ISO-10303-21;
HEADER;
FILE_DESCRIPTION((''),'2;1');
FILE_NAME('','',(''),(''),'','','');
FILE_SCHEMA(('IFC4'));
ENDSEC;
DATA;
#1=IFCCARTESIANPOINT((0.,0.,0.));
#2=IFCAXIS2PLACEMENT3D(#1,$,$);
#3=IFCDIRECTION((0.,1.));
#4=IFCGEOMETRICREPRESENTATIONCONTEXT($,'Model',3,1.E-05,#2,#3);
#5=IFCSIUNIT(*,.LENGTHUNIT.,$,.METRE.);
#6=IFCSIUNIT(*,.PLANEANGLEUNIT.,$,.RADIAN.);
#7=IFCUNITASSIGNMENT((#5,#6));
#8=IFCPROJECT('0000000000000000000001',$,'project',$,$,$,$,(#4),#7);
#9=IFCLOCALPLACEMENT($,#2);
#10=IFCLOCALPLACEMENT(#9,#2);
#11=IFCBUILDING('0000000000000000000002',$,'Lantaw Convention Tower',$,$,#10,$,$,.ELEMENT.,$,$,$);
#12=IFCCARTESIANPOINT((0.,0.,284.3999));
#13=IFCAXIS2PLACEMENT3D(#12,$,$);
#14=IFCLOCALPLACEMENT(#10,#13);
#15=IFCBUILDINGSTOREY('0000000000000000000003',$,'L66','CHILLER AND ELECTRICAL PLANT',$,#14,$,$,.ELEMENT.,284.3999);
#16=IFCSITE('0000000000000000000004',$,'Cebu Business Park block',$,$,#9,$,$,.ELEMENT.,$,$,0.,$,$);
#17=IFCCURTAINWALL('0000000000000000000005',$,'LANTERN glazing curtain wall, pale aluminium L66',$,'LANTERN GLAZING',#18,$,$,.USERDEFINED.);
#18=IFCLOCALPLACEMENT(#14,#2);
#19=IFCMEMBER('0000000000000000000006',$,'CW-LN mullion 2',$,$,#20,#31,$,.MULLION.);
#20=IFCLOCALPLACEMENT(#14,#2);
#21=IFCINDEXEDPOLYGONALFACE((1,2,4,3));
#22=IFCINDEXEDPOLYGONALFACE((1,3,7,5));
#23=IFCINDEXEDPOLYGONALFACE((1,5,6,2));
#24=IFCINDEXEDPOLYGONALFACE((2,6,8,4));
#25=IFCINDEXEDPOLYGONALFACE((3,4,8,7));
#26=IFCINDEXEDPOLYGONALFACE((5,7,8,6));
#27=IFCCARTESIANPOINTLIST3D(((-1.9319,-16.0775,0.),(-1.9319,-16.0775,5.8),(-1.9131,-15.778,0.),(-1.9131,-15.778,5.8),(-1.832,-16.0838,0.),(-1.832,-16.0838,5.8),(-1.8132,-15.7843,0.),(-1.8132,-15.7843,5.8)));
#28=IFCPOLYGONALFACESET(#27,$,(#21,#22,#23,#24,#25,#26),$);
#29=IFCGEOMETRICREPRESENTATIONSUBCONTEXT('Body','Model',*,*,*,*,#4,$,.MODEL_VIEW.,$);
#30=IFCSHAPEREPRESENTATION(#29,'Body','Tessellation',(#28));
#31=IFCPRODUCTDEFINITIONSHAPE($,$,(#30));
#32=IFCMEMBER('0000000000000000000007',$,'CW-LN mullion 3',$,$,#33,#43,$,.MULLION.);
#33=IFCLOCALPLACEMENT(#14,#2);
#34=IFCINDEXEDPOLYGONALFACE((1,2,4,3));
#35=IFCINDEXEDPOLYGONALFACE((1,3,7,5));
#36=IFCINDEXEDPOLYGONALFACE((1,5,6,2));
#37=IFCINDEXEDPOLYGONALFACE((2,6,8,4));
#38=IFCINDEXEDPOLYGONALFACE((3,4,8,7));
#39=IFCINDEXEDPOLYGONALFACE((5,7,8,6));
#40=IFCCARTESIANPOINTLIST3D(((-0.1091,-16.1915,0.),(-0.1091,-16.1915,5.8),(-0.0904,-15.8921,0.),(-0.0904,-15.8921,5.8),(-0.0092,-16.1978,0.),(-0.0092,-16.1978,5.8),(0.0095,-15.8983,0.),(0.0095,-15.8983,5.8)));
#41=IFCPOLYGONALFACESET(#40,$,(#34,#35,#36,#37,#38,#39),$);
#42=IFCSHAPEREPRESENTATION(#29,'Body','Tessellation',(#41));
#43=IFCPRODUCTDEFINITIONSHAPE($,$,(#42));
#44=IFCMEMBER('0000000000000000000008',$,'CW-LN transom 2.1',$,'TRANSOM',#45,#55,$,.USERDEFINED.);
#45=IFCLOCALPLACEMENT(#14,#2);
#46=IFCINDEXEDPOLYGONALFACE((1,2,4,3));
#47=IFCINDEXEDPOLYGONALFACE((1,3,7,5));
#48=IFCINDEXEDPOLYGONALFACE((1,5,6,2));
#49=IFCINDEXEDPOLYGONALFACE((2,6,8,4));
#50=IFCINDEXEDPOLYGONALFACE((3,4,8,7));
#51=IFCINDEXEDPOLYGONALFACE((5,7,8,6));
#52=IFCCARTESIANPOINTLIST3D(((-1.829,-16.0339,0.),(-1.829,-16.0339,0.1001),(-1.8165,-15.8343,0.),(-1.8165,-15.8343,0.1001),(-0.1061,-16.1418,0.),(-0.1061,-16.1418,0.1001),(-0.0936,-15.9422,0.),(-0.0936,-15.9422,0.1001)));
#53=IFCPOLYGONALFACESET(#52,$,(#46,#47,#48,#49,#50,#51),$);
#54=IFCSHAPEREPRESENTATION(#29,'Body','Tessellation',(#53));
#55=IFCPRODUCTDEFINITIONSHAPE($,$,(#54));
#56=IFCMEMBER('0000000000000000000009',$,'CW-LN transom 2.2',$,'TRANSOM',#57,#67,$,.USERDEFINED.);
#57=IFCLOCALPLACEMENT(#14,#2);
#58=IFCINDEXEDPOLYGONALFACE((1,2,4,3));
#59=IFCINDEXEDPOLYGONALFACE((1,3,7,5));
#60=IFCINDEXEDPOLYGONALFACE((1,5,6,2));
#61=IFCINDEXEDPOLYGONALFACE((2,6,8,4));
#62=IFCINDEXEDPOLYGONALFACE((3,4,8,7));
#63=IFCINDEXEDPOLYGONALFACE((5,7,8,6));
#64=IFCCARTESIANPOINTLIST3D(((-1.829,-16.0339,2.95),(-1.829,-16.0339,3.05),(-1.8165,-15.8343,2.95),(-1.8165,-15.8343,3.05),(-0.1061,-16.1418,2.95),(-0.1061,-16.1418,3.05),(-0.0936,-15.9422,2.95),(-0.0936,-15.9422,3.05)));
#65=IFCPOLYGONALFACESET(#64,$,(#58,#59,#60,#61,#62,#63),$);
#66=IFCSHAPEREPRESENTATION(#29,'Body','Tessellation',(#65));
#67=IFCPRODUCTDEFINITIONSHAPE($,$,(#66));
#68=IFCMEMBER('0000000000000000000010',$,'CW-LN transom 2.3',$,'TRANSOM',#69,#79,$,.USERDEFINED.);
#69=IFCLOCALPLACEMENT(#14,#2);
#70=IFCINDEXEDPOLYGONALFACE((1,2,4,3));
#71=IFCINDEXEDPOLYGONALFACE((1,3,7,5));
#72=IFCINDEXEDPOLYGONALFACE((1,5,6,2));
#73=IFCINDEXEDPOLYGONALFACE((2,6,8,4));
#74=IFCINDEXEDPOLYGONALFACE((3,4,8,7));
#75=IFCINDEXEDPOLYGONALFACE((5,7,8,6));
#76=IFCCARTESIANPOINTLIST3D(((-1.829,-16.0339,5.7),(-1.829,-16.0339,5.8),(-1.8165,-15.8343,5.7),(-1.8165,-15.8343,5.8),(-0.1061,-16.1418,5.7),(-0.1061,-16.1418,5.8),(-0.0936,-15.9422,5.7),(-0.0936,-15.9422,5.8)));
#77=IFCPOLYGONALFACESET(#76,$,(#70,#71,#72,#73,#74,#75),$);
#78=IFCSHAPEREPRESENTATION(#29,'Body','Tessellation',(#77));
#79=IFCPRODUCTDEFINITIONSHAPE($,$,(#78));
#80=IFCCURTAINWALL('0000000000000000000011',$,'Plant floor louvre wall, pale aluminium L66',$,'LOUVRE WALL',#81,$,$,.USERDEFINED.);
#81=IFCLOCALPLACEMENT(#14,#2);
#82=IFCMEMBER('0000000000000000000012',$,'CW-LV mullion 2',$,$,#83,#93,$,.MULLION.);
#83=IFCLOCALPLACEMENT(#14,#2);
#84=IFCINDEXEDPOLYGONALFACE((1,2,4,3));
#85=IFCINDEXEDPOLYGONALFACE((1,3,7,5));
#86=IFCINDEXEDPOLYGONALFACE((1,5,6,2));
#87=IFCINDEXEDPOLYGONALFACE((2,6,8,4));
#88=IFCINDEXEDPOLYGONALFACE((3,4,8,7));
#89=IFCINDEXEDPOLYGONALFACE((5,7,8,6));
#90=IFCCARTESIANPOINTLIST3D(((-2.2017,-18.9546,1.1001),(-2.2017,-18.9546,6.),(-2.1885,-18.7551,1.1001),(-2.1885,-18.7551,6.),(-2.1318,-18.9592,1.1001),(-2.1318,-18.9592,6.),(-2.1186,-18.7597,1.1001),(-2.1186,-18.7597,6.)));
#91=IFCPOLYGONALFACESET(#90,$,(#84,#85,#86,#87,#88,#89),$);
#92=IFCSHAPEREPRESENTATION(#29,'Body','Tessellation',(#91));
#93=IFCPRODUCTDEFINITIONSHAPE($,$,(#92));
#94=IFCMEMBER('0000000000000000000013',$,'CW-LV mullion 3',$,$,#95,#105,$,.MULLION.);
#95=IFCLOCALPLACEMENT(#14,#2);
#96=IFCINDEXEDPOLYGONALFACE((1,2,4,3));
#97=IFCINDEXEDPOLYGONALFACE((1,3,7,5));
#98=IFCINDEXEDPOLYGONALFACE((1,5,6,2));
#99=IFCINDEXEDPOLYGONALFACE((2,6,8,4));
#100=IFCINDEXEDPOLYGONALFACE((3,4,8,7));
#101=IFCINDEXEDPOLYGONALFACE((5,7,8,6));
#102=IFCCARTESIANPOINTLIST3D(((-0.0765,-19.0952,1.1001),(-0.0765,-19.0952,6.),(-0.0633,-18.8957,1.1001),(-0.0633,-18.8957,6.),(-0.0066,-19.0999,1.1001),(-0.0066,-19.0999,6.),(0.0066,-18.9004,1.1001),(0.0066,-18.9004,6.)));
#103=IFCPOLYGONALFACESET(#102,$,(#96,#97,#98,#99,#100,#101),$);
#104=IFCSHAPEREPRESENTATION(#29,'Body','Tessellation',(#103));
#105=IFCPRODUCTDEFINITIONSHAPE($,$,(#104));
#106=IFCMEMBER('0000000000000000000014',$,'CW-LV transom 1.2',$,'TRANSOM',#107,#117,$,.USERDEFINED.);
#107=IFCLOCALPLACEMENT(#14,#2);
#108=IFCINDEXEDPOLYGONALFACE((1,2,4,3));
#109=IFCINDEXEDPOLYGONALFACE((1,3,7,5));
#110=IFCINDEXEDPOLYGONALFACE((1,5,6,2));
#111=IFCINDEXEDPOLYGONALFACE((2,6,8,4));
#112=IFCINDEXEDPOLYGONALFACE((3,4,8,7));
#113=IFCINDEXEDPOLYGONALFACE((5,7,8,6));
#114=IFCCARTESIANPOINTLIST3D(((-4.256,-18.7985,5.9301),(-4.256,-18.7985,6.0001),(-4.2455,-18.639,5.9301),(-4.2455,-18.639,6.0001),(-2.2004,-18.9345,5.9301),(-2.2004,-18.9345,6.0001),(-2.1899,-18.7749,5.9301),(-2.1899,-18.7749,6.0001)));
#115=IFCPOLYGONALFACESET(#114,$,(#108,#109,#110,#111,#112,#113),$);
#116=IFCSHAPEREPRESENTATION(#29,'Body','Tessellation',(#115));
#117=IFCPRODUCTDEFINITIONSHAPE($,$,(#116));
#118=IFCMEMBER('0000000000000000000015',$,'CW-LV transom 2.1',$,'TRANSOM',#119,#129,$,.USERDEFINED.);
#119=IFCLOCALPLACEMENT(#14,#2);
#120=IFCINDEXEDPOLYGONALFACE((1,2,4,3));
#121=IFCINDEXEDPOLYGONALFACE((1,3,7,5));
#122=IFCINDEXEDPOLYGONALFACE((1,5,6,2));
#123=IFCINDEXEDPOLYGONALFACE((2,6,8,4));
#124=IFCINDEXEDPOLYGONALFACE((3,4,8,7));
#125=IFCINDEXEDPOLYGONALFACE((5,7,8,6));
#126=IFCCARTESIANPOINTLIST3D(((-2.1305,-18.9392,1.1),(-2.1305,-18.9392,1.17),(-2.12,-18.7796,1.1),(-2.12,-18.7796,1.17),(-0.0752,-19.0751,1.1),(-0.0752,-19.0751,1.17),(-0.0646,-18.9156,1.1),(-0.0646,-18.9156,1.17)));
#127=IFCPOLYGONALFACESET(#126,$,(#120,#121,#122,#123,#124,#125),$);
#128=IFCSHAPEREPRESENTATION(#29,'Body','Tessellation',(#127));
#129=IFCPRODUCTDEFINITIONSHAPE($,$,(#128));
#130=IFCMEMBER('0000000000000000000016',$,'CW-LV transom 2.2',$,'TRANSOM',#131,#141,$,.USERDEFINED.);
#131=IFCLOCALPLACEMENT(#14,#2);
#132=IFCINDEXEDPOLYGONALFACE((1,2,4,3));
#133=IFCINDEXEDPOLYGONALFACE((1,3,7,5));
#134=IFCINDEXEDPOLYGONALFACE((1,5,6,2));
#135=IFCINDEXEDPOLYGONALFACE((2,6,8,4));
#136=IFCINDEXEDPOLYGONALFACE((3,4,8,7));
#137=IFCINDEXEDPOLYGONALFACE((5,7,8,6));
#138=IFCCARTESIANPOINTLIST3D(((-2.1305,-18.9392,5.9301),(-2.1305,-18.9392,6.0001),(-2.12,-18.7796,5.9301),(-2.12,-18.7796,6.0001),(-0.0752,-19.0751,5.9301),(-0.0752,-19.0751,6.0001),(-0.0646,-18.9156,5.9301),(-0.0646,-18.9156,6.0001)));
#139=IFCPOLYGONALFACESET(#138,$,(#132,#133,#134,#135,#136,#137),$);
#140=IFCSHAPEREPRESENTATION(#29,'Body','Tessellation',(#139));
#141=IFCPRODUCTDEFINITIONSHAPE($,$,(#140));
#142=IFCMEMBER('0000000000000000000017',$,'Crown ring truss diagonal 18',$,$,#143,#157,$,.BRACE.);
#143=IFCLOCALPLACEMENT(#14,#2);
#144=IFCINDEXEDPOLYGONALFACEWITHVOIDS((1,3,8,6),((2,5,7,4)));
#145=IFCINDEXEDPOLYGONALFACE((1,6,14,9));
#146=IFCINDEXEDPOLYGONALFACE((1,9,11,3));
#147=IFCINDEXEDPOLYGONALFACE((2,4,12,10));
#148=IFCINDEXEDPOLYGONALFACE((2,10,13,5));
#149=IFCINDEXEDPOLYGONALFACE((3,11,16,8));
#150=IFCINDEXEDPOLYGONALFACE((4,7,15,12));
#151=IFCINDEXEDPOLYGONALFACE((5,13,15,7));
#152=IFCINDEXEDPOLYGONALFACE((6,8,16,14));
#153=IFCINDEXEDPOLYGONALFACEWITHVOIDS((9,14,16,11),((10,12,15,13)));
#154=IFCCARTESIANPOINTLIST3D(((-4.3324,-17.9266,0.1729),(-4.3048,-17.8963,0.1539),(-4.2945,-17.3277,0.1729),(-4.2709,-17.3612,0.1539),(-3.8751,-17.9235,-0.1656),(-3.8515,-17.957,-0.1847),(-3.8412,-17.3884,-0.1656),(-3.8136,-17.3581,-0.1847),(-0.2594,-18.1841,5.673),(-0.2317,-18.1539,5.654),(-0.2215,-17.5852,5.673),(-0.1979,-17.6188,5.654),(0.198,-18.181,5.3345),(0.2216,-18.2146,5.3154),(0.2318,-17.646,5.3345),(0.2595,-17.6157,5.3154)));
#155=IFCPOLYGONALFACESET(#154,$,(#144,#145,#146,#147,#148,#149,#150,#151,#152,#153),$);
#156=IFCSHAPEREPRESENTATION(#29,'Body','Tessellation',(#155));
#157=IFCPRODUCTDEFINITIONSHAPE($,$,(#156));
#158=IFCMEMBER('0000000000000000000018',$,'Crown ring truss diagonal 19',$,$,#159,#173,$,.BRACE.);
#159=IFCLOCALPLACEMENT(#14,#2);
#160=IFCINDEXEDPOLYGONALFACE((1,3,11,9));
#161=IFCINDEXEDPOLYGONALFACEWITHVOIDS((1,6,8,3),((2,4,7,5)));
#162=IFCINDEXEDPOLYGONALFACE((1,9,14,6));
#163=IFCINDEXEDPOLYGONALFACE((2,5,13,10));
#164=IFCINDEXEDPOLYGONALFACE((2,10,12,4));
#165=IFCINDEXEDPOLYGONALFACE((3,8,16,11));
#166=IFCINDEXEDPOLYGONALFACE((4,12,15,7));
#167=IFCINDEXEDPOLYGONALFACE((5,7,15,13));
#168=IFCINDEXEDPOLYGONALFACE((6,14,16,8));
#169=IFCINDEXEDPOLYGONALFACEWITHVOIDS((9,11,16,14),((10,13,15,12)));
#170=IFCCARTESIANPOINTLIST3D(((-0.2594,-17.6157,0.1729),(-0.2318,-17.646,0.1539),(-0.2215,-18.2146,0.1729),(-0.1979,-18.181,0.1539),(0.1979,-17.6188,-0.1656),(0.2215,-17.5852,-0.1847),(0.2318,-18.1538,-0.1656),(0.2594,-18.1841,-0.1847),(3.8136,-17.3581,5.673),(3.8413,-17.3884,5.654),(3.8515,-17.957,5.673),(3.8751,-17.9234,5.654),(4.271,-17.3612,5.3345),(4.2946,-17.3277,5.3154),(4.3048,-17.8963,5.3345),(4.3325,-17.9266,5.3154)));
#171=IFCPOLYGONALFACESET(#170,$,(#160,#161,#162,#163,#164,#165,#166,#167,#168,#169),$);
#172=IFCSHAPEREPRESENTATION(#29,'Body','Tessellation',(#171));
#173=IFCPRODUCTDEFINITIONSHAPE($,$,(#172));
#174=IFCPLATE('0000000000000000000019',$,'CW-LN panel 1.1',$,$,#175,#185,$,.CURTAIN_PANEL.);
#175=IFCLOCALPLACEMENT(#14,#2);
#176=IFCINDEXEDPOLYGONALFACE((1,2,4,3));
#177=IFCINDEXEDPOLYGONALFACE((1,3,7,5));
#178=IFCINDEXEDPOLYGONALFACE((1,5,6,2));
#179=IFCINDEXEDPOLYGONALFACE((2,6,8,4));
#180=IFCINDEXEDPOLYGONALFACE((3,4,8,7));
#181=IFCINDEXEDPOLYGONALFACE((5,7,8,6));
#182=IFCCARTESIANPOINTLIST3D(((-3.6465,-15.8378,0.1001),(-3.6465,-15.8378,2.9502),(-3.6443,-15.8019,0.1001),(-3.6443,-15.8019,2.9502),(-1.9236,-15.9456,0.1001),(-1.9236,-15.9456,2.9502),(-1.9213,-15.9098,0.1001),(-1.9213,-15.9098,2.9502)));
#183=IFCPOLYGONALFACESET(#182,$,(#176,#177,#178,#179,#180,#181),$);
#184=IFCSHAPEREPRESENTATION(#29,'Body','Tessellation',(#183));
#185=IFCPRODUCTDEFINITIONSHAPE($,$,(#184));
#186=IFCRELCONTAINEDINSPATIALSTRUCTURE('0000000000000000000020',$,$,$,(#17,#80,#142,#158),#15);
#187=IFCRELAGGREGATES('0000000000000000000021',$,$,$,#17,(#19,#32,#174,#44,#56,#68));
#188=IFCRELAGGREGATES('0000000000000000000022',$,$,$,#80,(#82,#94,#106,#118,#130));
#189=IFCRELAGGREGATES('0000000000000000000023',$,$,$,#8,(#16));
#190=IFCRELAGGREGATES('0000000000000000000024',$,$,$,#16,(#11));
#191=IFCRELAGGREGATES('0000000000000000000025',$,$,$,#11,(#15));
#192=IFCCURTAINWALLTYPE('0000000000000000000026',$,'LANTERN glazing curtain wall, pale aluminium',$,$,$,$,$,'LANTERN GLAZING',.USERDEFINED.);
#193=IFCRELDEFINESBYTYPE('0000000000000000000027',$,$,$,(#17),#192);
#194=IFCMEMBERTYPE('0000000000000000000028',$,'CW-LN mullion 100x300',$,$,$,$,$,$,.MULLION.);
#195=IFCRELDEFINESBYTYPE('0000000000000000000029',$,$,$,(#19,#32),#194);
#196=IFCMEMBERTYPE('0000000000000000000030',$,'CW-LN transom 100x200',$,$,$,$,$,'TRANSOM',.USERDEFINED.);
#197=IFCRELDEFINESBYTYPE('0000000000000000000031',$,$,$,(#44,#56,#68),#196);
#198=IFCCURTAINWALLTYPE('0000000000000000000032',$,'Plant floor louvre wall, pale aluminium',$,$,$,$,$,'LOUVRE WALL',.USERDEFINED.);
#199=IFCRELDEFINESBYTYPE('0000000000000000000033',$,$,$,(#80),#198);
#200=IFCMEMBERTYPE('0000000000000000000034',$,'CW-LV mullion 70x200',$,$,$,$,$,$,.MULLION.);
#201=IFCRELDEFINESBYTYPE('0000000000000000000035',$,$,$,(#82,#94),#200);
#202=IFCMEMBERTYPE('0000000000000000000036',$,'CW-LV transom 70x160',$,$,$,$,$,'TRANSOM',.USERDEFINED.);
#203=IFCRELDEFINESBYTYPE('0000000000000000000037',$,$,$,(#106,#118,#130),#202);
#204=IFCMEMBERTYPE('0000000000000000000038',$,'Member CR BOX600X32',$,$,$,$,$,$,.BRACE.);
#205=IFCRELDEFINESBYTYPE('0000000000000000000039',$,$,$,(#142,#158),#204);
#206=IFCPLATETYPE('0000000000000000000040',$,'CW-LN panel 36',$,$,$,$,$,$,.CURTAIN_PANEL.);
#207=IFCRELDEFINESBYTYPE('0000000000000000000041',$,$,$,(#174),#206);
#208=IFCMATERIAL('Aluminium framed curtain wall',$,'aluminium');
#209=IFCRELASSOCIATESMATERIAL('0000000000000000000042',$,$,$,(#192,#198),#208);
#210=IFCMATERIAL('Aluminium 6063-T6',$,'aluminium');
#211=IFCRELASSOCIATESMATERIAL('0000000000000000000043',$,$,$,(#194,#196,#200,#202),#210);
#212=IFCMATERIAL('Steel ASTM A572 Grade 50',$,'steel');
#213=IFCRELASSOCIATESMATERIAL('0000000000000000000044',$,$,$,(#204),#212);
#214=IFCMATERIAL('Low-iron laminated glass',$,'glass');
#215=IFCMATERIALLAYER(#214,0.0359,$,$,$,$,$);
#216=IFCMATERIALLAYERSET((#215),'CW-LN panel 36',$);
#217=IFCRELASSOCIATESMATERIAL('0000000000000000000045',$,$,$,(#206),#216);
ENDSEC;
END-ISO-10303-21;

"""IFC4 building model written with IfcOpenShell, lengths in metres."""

from ifc_helpers import new_model, si_unit, direction, frame, origin, origin_2d, place, context, subcontext, project, spatial, rectangle, hollow_rectangle, extrude, material, layer, layer_set, material_profile, profile_set, type_object, element, aggregate, save


model = new_model("IFC4")

# Units and contexts
model_context = context("Model", 3, precision=1e-05, world=origin(), true_north=direction((0.0, 1.0)))
body_context = subcontext(model_context, "Body", "Model", "MODEL_VIEW")
ifc_project = project(units=[si_unit("LENGTHUNIT", "METRE"), si_unit("PLANEANGLEUNIT", "RADIAN")], contexts=[model_context])

# Site, building, storey
site_placement = place(None, origin())
site = spatial("IfcSite", under=ifc_project, at=site_placement, Name="Cebu Business Park block", CompositionType="ELEMENT", RefElevation=0.0)
building_placement = place(site_placement, origin())
building = spatial("IfcBuilding", under=site, at=building_placement, Name="Lantaw Convention Tower", CompositionType="ELEMENT")
storey_placement = place(building_placement, frame((0.0, 0.0, 284.3999)))
storey = spatial("IfcBuildingStorey", under=building, at=storey_placement, Name="L66", Description="CHILLER AND ELECTRICAL PLANT", CompositionType="ELEMENT", Elevation=284.3999)

# Shared definitions
ifc_material_1 = material(Name="Steel ASTM A572 Grade 50", Category="steel")

# Curtain walls, members
ifc_material_2 = material(Name="Aluminium framed curtain wall", Category="aluminium")
curtain_wall_type_1 = type_object("IfcCurtainWallType", Name="LANTERN glazing curtain wall, pale aluminium", ElementType="LANTERN GLAZING", PredefinedType="USERDEFINED", material=ifc_material_2)
curtain_wall_1_placement = place(storey_placement, origin())
curtain_wall_1 = element("IfcCurtainWall", 1, at=curtain_wall_1_placement, inside=storey, type_object=curtain_wall_type_1, Name="LANTERN glazing curtain wall, pale aluminium L66", ObjectType="LANTERN GLAZING", PredefinedType="USERDEFINED")
ifc_material_3 = material(Name="Aluminium 6063-T6", Category="aluminium")
ifc_material_profile_1 = material_profile(ifc_material_3, rectangle(XDim=0.3, YDim=0.1001, at=origin_2d()), Name="CW-LN mullion 100x300")
ifc_profile_set_1 = profile_set([ifc_material_profile_1], Name="Aluminium 6063-T6")
member_type_1 = type_object("IfcMemberType", Name="CW-LN mullion 100x300", PredefinedType="MULLION", material=ifc_profile_set_1)
member_1_placement = place(storey_placement, frame((-1.8726, -15.9309, 0.0), z_axis=(0.0, 0.0, 1.0), x_axis=(0.062489, 0.998046, 0.0)))
member_1 = element("IfcMember", 2, at=member_1_placement, type_object=member_type_1, Name="CW-LN mullion 2", PredefinedType="MULLION", context=body_context, shape_type="SweptSolid", body=[
    extrude(rectangle(XDim=0.3, YDim=0.1001, at=origin_2d()), origin(), (0.0, 0.0, 1.0), 5.8),
])
member_2_placement = place(storey_placement, frame((-0.0498, -16.0449, 0.0), z_axis=(0.0, 0.0, 1.0), x_axis=(0.062489, 0.998046, 0.0)))
member_2 = element("IfcMember", 3, at=member_2_placement, type_object=member_type_1, Name="CW-LN mullion 3", PredefinedType="MULLION", context=body_context, shape_type="SweptSolid", body=[
    extrude(rectangle(XDim=0.3, YDim=0.1001, at=origin_2d()), origin(), (0.0, 0.0, 1.0), 5.8),
])
ifc_material_profile_2 = material_profile(ifc_material_3, rectangle(XDim=0.2, YDim=0.1001, at=origin_2d()), Name="CW-LN transom 100x200")
ifc_profile_set_2 = profile_set([ifc_material_profile_2], Name="Aluminium 6063-T6")
member_type_2 = type_object("IfcMemberType", Name="CW-LN transom 100x200", ElementType="TRANSOM", PredefinedType="USERDEFINED", material=ifc_profile_set_2)
member_3_placement = place(storey_placement, frame((-1.8228, -15.9341, 0.05), z_axis=(0.998044, -0.06251, 0.0), x_axis=(0.06251, 0.998044, 0.0)))
member_3 = element("IfcMember", 4, at=member_3_placement, type_object=member_type_2, Name="CW-LN transom 2.1", ObjectType="TRANSOM", PredefinedType="USERDEFINED", context=body_context, shape_type="SweptSolid", body=[
    extrude(rectangle(XDim=0.2, YDim=0.1001, at=origin_2d()), origin(), (0.0, 0.0, 1.0), 1.7263),
])
member_4_placement = place(storey_placement, frame((-1.8228, -15.9341, 3.0), z_axis=(0.998044, -0.06251, 0.0), x_axis=(0.06251, 0.998044, 0.0)))
member_4 = element("IfcMember", 5, at=member_4_placement, type_object=member_type_2, Name="CW-LN transom 2.2", ObjectType="TRANSOM", PredefinedType="USERDEFINED", context=body_context, shape_type="SweptSolid", body=[
    extrude(rectangle(XDim=0.2, YDim=0.1001, at=origin_2d()), origin(), (0.0, 0.0, 1.0), 1.7263),
])
member_5_placement = place(storey_placement, frame((-1.8228, -15.9341, 5.75), z_axis=(0.998044, -0.06251, 0.0), x_axis=(0.06251, 0.998044, 0.0)))
member_5 = element("IfcMember", 6, at=member_5_placement, type_object=member_type_2, Name="CW-LN transom 2.3", ObjectType="TRANSOM", PredefinedType="USERDEFINED", context=body_context, shape_type="SweptSolid", body=[
    extrude(rectangle(XDim=0.2, YDim=0.1001, at=origin_2d()), origin(), (0.0, 0.0, 1.0), 1.7263),
])
curtain_wall_type_2 = type_object("IfcCurtainWallType", Name="Plant floor louvre wall, pale aluminium", ElementType="LOUVRE WALL", PredefinedType="USERDEFINED", material=ifc_material_2)
curtain_wall_2_placement = place(storey_placement, origin())
curtain_wall_2 = element("IfcCurtainWall", 7, at=curtain_wall_2_placement, inside=storey, type_object=curtain_wall_type_2, Name="Plant floor louvre wall, pale aluminium L66", ObjectType="LOUVRE WALL", PredefinedType="USERDEFINED")
ifc_material_profile_3 = material_profile(ifc_material_3, rectangle(XDim=0.2, YDim=0.0701, at=origin_2d()), Name="CW-LV mullion 70x200")
ifc_profile_set_3 = profile_set([ifc_material_profile_3], Name="Aluminium 6063-T6")
member_type_3 = type_object("IfcMemberType", Name="CW-LV mullion 70x200", PredefinedType="MULLION", material=ifc_profile_set_3)
member_6_placement = place(storey_placement, frame((-2.1602, -18.8572, 1.1001), z_axis=(0.0, 0.0, 1.0), x_axis=(0.066025, 0.997818, 0.0)))
member_6 = element("IfcMember", 8, at=member_6_placement, type_object=member_type_3, Name="CW-LV mullion 2", PredefinedType="MULLION", context=body_context, shape_type="SweptSolid", body=[
    extrude(rectangle(XDim=0.2, YDim=0.0701, at=origin_2d()), origin(), (0.0, 0.0, 1.0), 4.8999),
])
member_7_placement = place(storey_placement, frame((-0.0349, -18.9978, 1.1001), z_axis=(0.0, 0.0, 1.0), x_axis=(0.066025, 0.997818, 0.0)))
member_7 = element("IfcMember", 9, at=member_7_placement, type_object=member_type_3, Name="CW-LV mullion 3", PredefinedType="MULLION", context=body_context, shape_type="SweptSolid", body=[
    extrude(rectangle(XDim=0.2, YDim=0.0701, at=origin_2d()), origin(), (0.0, 0.0, 1.0), 4.8999),
])
ifc_material_profile_4 = material_profile(ifc_material_3, rectangle(XDim=0.1599, YDim=0.0701, at=origin_2d()), Name="CW-LV transom 70x160")
ifc_profile_set_4 = profile_set([ifc_material_profile_4], Name="Aluminium 6063-T6")
member_type_4 = type_object("IfcMemberType", Name="CW-LV transom 70x160", ElementType="TRANSOM", PredefinedType="USERDEFINED", material=ifc_profile_set_4)
member_8_placement = place(storey_placement, frame((-4.2507, -18.7188, 5.9651), z_axis=(0.997819, -0.066008, 0.0), x_axis=(0.066008, 0.997819, 0.0)))
member_8 = element("IfcMember", 10, at=member_8_placement, type_object=member_type_4, Name="CW-LV transom 1.2", ObjectType="TRANSOM", PredefinedType="USERDEFINED", context=body_context, shape_type="SweptSolid", body=[
    extrude(rectangle(XDim=0.1599, YDim=0.0701, at=origin_2d()), origin(), (0.0, 0.0, 1.0), 2.0601),
])
member_9_placement = place(storey_placement, frame((-2.1252, -18.8594, 1.135), z_axis=(0.997819, -0.066016, 0.0), x_axis=(0.066016, 0.997819, 0.0)))
member_9 = element("IfcMember", 11, at=member_9_placement, type_object=member_type_4, Name="CW-LV transom 2.1", ObjectType="TRANSOM", PredefinedType="USERDEFINED", context=body_context, shape_type="SweptSolid", body=[
    extrude(rectangle(XDim=0.1599, YDim=0.0701, at=origin_2d()), origin(), (0.0, 0.0, 1.0), 2.0598),
])
member_10_placement = place(storey_placement, frame((-2.1252, -18.8594, 5.9651), z_axis=(0.997819, -0.066016, 0.0), x_axis=(0.066016, 0.997819, 0.0)))
member_10 = element("IfcMember", 12, at=member_10_placement, type_object=member_type_4, Name="CW-LV transom 2.2", ObjectType="TRANSOM", PredefinedType="USERDEFINED", context=body_context, shape_type="SweptSolid", body=[
    extrude(rectangle(XDim=0.1599, YDim=0.0701, at=origin_2d()), origin(), (0.0, 0.0, 1.0), 2.0598),
])

# Members
ifc_material_profile_5 = material_profile(ifc_material_1, hollow_rectangle(XDim=0.6001, YDim=0.6001, WallThickness=0.032, at=origin_2d()), Name="BOX600X32")
ifc_profile_set_5 = profile_set([ifc_material_profile_5], Name="Steel ASTM A572 Grade 50")
member_type_5 = type_object("IfcMemberType", Name="Member CR BOX600X32", PredefinedType="BRACE", material=ifc_profile_set_5)
for number, where, z_axis, x_axis, name in (
    (13, (-4.073, -17.6423, -0.0059), (0.594705, -0.037608, 0.803064), (0.063112, 0.998006, 0.0), "Crown ring truss diagonal 18"),
    (14, (0.0, -17.8999, -0.0059), (0.594705, 0.037608, 0.803064), (-0.063112, 0.998006, 0.0), "Crown ring truss diagonal 19"),
):
    element("IfcMember", number, at=place(storey_placement, frame(where, z_axis=z_axis, x_axis=x_axis)), inside=storey, type_object=member_type_5, Name=name, PredefinedType="BRACE", context=body_context, shape_type="SweptSolid", body=[
        extrude(hollow_rectangle(XDim=0.6001, YDim=0.6001, WallThickness=0.032, at=origin_2d()), origin(), (0.0, 0.0, 1.0), 6.8489),
    ])

# Plate
ifc_material_4 = material(Name="Low-iron laminated glass", Category="glass")
ifc_layer_1 = layer(ifc_material_4, 0.0359)
ifc_layer_set_1 = layer_set([ifc_layer_1], Name="CW-LN panel 36")
plate_type_1 = type_object("IfcPlateType", Name="CW-LN panel 36", PredefinedType="CURTAIN_PANEL", material=ifc_layer_set_1)
plate_1_placement = place(storey_placement, frame((-2.7839, -15.8738, 0.1001), z_axis=(0.0, 0.0, 1.0), x_axis=(0.998046, -0.062489, 0.0)))
plate_1 = element("IfcPlate", 15, at=plate_1_placement, type_object=plate_type_1, Name="CW-LN panel 1.1", PredefinedType="CURTAIN_PANEL", context=body_context, shape_type="SweptSolid", body=[
    extrude(rectangle(XDim=1.7263, YDim=0.0359, at=origin_2d()), origin(), (0.0, 0.0, 1.0), 2.8501),
])
aggregate(curtain_wall_1, [member_1, member_2, plate_1, member_3, member_4, member_5])
aggregate(curtain_wall_2, [member_6, member_7, member_8, member_9, member_10])

save(model, "model.ifc")
